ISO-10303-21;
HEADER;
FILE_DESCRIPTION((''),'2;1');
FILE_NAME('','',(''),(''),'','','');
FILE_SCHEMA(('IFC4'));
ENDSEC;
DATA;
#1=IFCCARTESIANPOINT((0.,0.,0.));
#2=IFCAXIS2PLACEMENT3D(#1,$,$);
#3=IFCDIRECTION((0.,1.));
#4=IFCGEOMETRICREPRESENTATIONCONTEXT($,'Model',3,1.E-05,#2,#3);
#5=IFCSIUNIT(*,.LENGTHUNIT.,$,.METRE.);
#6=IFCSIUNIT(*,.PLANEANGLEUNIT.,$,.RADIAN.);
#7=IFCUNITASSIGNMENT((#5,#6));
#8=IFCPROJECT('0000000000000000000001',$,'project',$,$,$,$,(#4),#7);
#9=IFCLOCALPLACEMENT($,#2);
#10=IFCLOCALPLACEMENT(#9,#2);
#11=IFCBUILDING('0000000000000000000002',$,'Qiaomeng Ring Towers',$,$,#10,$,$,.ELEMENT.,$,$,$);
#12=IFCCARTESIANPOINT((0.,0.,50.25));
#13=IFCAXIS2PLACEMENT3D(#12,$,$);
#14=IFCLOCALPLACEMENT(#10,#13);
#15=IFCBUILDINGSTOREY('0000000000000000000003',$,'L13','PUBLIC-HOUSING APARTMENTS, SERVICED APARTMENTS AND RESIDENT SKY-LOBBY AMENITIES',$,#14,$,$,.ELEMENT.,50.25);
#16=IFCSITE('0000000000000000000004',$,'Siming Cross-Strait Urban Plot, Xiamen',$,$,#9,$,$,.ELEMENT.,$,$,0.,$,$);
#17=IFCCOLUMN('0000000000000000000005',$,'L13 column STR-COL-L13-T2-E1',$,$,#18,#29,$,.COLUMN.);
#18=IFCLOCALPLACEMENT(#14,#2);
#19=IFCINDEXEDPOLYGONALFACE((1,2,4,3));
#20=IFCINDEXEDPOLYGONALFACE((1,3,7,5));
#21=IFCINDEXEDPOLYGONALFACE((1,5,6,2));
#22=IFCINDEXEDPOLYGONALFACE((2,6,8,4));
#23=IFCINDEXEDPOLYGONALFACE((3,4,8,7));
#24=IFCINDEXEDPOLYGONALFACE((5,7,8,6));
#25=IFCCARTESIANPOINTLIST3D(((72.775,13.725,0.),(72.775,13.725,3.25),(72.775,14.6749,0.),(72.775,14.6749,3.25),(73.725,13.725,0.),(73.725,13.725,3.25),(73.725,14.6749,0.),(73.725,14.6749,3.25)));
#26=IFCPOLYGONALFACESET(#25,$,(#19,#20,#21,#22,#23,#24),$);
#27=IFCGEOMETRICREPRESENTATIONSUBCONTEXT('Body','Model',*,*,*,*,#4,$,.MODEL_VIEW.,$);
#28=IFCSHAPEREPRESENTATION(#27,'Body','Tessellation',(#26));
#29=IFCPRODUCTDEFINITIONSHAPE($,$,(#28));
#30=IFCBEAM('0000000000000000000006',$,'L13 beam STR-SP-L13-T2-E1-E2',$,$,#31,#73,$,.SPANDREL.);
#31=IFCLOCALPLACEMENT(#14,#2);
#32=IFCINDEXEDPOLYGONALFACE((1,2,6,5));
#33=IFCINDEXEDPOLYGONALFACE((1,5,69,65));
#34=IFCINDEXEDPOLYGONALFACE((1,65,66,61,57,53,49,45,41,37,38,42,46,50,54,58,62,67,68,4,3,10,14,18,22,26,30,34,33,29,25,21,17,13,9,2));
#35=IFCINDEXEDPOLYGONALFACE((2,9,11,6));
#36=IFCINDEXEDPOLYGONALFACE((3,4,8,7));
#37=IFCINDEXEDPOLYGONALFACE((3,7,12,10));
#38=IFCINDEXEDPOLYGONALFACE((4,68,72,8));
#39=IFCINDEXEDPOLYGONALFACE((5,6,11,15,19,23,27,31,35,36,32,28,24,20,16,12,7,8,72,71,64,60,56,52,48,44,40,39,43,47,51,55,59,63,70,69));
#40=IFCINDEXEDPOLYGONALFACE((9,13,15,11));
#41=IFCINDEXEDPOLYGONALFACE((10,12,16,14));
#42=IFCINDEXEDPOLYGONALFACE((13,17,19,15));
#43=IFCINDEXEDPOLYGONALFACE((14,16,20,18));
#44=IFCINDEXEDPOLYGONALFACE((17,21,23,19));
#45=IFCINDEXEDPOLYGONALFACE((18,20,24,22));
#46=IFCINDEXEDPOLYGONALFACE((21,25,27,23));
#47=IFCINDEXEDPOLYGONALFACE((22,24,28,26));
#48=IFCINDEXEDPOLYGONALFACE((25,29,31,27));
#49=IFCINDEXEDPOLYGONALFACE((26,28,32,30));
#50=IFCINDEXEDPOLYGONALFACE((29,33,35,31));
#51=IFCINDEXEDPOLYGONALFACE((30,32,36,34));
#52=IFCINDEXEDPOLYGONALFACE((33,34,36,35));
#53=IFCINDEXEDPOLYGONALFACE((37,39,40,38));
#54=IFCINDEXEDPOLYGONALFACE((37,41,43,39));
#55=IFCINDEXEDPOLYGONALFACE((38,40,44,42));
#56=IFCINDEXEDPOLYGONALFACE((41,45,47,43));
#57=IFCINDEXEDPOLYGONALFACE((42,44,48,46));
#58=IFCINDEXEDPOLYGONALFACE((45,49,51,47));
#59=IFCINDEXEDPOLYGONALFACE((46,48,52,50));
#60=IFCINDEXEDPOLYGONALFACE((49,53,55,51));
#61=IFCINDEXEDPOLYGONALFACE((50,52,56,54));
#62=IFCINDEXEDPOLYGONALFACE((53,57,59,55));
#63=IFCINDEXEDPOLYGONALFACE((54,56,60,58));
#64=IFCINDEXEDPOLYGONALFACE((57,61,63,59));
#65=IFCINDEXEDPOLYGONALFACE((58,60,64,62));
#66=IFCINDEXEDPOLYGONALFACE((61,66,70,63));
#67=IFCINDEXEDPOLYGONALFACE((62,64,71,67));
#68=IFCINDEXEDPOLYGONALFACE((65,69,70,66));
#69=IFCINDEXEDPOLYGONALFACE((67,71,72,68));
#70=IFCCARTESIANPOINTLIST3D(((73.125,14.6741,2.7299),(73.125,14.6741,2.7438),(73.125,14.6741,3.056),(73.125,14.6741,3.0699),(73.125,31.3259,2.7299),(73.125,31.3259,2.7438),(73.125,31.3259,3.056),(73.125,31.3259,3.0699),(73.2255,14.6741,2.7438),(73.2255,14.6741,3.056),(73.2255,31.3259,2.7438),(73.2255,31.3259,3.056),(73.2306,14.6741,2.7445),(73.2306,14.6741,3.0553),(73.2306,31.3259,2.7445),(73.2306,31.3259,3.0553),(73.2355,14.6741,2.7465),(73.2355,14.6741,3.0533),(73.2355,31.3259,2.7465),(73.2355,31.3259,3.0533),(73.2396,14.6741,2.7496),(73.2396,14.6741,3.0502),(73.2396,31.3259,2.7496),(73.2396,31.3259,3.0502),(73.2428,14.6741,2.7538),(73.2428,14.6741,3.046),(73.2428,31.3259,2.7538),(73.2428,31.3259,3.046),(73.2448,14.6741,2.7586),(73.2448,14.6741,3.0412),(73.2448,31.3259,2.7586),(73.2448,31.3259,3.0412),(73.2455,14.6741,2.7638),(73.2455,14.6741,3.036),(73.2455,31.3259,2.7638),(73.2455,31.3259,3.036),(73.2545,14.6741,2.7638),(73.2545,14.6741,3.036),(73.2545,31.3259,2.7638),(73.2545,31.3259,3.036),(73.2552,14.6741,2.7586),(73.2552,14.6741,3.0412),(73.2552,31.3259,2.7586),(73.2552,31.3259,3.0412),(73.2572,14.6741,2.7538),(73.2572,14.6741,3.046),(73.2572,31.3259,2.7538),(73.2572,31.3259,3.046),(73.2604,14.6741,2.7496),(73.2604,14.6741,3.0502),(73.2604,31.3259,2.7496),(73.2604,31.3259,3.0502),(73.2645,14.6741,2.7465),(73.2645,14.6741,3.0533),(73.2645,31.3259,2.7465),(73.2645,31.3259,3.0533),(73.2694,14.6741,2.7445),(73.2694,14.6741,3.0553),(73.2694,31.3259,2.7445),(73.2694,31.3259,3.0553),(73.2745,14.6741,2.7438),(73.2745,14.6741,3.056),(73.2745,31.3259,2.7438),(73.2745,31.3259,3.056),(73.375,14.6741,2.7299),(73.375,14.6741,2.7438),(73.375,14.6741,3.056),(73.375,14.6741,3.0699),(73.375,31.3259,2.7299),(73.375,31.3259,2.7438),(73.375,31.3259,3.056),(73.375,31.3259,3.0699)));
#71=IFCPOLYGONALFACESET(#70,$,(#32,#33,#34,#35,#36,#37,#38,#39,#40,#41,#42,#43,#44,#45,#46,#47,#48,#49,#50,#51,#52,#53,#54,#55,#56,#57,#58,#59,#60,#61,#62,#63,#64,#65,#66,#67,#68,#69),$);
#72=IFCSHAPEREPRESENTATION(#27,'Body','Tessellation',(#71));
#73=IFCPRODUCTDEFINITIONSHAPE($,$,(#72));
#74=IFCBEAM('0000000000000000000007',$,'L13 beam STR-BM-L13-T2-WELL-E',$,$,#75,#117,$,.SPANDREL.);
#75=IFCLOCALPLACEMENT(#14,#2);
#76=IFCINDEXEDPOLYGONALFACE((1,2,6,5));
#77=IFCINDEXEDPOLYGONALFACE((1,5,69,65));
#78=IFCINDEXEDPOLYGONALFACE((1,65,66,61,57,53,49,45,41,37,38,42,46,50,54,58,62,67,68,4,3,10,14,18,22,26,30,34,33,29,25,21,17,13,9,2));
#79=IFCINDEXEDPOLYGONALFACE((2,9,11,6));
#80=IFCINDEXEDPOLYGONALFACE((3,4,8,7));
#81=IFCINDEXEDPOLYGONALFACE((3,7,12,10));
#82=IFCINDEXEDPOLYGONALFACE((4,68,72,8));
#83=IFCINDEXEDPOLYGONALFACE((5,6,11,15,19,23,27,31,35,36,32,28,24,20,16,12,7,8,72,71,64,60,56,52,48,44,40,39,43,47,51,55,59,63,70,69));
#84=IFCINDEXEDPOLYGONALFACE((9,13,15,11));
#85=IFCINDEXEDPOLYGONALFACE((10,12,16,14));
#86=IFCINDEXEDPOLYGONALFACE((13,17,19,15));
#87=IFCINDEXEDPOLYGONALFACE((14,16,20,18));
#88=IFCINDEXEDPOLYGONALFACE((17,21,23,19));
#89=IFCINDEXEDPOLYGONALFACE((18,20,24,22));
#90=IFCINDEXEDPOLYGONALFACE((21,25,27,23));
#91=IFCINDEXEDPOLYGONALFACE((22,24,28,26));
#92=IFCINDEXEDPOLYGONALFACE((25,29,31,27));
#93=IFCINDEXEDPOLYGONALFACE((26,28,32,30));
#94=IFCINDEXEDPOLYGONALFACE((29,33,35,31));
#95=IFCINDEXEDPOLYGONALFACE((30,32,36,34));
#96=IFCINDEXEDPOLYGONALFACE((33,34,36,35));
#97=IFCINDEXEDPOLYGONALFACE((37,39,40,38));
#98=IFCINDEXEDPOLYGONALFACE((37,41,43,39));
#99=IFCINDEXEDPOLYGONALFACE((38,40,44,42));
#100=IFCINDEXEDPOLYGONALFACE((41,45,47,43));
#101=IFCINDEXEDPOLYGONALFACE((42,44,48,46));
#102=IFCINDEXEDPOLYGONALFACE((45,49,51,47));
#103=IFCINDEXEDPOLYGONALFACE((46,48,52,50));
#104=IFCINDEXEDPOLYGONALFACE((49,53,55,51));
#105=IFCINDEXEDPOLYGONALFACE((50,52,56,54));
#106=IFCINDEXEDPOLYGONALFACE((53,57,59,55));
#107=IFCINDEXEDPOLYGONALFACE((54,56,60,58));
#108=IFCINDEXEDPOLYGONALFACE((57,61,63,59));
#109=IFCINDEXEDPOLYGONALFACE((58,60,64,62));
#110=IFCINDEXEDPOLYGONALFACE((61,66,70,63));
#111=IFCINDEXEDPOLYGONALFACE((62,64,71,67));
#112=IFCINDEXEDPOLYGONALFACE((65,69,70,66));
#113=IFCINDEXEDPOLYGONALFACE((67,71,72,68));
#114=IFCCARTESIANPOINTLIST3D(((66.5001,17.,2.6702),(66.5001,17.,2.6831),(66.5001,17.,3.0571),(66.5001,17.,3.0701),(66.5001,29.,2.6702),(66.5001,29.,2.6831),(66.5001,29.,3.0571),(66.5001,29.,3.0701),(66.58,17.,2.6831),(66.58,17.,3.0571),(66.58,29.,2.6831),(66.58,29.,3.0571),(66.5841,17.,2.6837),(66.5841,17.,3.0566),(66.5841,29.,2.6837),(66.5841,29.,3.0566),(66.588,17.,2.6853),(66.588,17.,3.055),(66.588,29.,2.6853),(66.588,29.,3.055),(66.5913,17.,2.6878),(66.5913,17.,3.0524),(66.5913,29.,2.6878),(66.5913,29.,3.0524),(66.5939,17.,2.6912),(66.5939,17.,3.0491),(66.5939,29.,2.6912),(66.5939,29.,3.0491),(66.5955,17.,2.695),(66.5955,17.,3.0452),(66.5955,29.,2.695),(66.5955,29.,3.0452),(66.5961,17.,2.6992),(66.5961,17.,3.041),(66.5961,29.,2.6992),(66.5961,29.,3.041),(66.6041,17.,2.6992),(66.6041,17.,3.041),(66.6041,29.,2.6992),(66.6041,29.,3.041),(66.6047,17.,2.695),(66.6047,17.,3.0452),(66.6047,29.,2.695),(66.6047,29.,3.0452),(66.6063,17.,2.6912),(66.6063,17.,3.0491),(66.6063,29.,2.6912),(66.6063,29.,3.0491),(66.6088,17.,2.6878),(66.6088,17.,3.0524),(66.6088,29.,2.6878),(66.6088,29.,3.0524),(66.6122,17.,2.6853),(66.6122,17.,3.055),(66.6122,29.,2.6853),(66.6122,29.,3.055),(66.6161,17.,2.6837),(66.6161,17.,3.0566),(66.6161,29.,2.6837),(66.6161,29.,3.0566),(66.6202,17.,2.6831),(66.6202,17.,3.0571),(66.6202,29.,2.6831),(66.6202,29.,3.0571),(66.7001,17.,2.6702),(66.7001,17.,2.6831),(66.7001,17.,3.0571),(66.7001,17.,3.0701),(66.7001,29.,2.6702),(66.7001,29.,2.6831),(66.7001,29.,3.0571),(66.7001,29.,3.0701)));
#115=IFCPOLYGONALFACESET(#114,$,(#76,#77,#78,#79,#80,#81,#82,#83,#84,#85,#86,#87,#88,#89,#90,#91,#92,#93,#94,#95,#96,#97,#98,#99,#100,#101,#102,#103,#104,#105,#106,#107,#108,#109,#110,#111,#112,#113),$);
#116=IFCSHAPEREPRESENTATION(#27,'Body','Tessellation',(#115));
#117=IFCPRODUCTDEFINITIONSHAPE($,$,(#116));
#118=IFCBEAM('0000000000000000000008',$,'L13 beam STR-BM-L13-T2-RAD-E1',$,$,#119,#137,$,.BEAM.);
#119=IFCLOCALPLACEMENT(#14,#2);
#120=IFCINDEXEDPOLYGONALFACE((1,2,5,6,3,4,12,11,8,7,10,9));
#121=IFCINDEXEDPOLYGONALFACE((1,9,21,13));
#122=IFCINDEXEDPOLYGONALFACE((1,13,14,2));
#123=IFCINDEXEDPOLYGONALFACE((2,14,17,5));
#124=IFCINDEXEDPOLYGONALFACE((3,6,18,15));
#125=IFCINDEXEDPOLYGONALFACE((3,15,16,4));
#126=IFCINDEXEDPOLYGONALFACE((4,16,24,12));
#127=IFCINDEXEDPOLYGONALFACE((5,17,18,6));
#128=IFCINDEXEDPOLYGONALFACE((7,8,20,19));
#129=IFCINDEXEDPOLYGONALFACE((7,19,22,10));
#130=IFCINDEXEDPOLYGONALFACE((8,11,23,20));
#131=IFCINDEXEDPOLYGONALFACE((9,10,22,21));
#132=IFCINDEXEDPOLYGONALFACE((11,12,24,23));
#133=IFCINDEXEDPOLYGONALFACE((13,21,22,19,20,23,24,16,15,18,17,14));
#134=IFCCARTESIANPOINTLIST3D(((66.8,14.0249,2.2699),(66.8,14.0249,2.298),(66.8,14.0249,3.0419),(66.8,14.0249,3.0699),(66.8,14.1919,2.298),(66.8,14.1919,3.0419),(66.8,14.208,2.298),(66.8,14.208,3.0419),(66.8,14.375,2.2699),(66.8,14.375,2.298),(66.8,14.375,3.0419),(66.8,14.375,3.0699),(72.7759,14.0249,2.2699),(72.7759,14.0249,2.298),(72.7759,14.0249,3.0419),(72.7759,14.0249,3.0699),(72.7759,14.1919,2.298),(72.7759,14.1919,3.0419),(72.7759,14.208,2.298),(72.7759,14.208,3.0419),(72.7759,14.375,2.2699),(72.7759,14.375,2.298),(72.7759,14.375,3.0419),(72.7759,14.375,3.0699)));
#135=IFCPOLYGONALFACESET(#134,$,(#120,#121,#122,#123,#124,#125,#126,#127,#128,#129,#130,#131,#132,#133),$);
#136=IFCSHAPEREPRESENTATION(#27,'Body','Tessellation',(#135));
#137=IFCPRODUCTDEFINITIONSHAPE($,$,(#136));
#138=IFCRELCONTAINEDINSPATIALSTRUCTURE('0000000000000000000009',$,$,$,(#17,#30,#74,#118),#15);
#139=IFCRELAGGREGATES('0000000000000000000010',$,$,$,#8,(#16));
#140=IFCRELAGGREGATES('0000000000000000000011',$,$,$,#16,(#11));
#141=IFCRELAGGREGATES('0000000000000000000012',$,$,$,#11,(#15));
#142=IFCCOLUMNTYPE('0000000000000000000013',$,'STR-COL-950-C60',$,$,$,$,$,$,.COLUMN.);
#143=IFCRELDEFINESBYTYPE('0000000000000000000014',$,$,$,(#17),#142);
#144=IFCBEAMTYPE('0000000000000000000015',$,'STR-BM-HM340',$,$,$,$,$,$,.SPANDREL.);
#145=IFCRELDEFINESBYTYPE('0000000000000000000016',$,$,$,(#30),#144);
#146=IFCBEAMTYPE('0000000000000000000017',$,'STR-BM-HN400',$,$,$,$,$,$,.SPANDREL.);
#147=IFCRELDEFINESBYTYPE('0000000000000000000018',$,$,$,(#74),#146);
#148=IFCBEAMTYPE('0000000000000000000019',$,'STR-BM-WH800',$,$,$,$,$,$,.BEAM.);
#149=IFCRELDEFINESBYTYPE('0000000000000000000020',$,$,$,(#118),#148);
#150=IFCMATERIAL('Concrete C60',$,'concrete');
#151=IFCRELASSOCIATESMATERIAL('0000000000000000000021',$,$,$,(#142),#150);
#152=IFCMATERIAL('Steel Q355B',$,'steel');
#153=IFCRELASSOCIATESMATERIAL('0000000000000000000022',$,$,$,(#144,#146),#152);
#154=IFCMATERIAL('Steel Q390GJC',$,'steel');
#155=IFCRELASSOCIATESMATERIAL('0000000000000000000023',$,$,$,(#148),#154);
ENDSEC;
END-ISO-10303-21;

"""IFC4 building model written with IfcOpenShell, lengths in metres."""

from ifc_helpers import new_model, si_unit, direction, frame, origin, origin_2d, place, context, subcontext, project, spatial, rectangle, i_section, extrude, source, transform, mapped, material, material_profile, profile_set, type_object, element, save


model = new_model("IFC4")

# Units and contexts
model_context = context("Model", 3, precision=1e-05, world=origin(), true_north=direction((0.0, 1.0)))
body_context = subcontext(model_context, "Body", "Model", "MODEL_VIEW")
ifc_project = project(units=[si_unit("LENGTHUNIT", "METRE"), si_unit("PLANEANGLEUNIT", "RADIAN")], contexts=[model_context])

# Site, building, storey
site_placement = place(None, origin())
site = spatial("IfcSite", under=ifc_project, at=site_placement, Name="Siming Cross-Strait Urban Plot, Xiamen", CompositionType="ELEMENT", RefElevation=0.0)
building_placement = place(site_placement, origin())
building = spatial("IfcBuilding", under=site, at=building_placement, Name="Qiaomeng Ring Towers", CompositionType="ELEMENT")
storey_placement = place(building_placement, frame((0.0, 0.0, 50.25)))
storey = spatial("IfcBuildingStorey", under=building, at=storey_placement, Name="L13", Description="PUBLIC-HOUSING APARTMENTS, SERVICED APARTMENTS AND RESIDENT SKY-LOBBY AMENITIES", CompositionType="ELEMENT", Elevation=50.25)

# Column
ifc_material_1 = material(Name="Concrete C60", Category="concrete")
ifc_material_profile_1 = material_profile(ifc_material_1, rectangle(XDim=0.95, YDim=0.95, at=origin_2d()), Name="RC COL 950x950")
ifc_profile_set_1 = profile_set([ifc_material_profile_1], Name="Concrete C60")
column_type = type_object("IfcColumnType", Name="STR-COL-950-C60", PredefinedType="COLUMN", material=ifc_profile_set_1)
shared_shape_1 = source(origin(), body_context, "Body", "SweptSolid", [
    extrude(rectangle(XDim=0.95, YDim=0.95, at=origin_2d()), origin(), (0.0, 0.0, 1.0), 3.25),
])
column_placement = place(storey_placement, frame((73.25, 14.2, 0.0), z_axis=(0.0, 0.0, 1.0), x_axis=(1.0, 0.0, 0.0)))
element("IfcColumn", 1, at=column_placement, inside=storey, type_object=column_type, Name="L13 column STR-COL-L13-T2-E1", PredefinedType="COLUMN", context=body_context, shape_type="MappedRepresentation", body=[
    mapped(shared_shape_1, transform((0.0, 0.0, 0.0), x_axis=(1.0, 0.0, 0.0), y_axis=(0.0, 1.0, 0.0), z_axis=(0.0, 0.0, 1.0), scale=1.0)),
])

# Beams
ifc_material_2 = material(Name="Steel Q355B", Category="steel")
ifc_material_profile_2 = material_profile(ifc_material_2, i_section(OverallWidth=0.25, OverallDepth=0.3401, WebThickness=0.009, FlangeThickness=0.0139, FilletRadius=0.02, at=origin_2d()), Name="HM 340x250x9x14")
ifc_profile_set_2 = profile_set([ifc_material_profile_2], Name="Steel Q355B")
beam_type_1 = type_object("IfcBeamType", Name="STR-BM-HM340", PredefinedType="SPANDREL", material=ifc_profile_set_2)
shared_shape_2 = source(origin(), body_context, "Body", "SweptSolid", [
    extrude(i_section(OverallWidth=0.25, OverallDepth=0.3401, WebThickness=0.009, FlangeThickness=0.0139, FilletRadius=0.02, at=origin_2d()), origin(), (0.0, 0.0, 1.0), 16.6519),
])
beam_1_placement = place(storey_placement, frame((73.25, 14.6741, 2.8999), z_axis=(0.0, 1.0, 0.0), x_axis=(-1.0, 0.0, 0.0)))
element("IfcBeam", 2, at=beam_1_placement, inside=storey, type_object=beam_type_1, Name="L13 beam STR-SP-L13-T2-E1-E2", PredefinedType="SPANDREL", context=body_context, shape_type="MappedRepresentation", body=[
    mapped(shared_shape_2, transform((0.0, 0.0, 0.0), x_axis=(1.0, 0.0, 0.0), y_axis=(0.0, 1.0, 0.0), z_axis=(0.0, 0.0, 1.0), scale=1.0)),
])
ifc_material_profile_3 = material_profile(ifc_material_2, i_section(OverallWidth=0.2, OverallDepth=0.3999, WebThickness=0.0081, FlangeThickness=0.0129, FilletRadius=0.0161, at=origin_2d()), Name="HN 400x200x8x13")
ifc_profile_set_3 = profile_set([ifc_material_profile_3], Name="Steel Q355B")
beam_type_2 = type_object("IfcBeamType", Name="STR-BM-HN400", PredefinedType="SPANDREL", material=ifc_profile_set_3)
shared_shape_3 = source(origin(), body_context, "Body", "SweptSolid", [
    extrude(i_section(OverallWidth=0.2, OverallDepth=0.3999, WebThickness=0.0081, FlangeThickness=0.0129, FilletRadius=0.0161, at=origin_2d()), origin(), (0.0, 0.0, 1.0), 12.0),
])
beam_2_placement = place(storey_placement, frame((66.6001, 17.0, 2.8701), z_axis=(0.0, 1.0, 0.0), x_axis=(-1.0, 0.0, 0.0)))
element("IfcBeam", 3, at=beam_2_placement, inside=storey, type_object=beam_type_2, Name="L13 beam STR-BM-L13-T2-WELL-E", PredefinedType="SPANDREL", context=body_context, shape_type="MappedRepresentation", body=[
    mapped(shared_shape_3, transform((0.0, 0.0, 0.0), x_axis=(1.0, 0.0, 0.0), y_axis=(0.0, 1.0, 0.0), z_axis=(0.0, 0.0, 1.0), scale=1.0)),
])
ifc_material_3 = material(Name="Steel Q390GJC", Category="steel")
ifc_material_profile_4 = material_profile(ifc_material_3, i_section(OverallWidth=0.3501, OverallDepth=0.8, WebThickness=0.0161, FlangeThickness=0.0281, at=origin_2d()), Name="WH 800x350x16x28")
ifc_profile_set_4 = profile_set([ifc_material_profile_4], Name="Steel Q390GJC")
beam_type_3 = type_object("IfcBeamType", Name="STR-BM-WH800", PredefinedType="BEAM", material=ifc_profile_set_4)
shared_shape_4 = source(origin(), body_context, "Body", "SweptSolid", [
    extrude(i_section(OverallWidth=0.3501, OverallDepth=0.8, WebThickness=0.0161, FlangeThickness=0.0281, at=origin_2d()), origin(), (0.0, 0.0, 1.0), 5.9758),
])
beam_3_placement = place(storey_placement, frame((66.8, 14.2, 2.6699), z_axis=(1.0, 0.0, 0.0), x_axis=(0.0, 1.0, 0.0)))
element("IfcBeam", 4, at=beam_3_placement, inside=storey, type_object=beam_type_3, Name="L13 beam STR-BM-L13-T2-RAD-E1", PredefinedType="BEAM", context=body_context, shape_type="MappedRepresentation", body=[
    mapped(shared_shape_4, transform((0.0, 0.0, 0.0), x_axis=(1.0, 0.0, 0.0), y_axis=(0.0, 1.0, 0.0), z_axis=(0.0, 0.0, 1.0), scale=1.0)),
])

save(model, "model.ifc")
